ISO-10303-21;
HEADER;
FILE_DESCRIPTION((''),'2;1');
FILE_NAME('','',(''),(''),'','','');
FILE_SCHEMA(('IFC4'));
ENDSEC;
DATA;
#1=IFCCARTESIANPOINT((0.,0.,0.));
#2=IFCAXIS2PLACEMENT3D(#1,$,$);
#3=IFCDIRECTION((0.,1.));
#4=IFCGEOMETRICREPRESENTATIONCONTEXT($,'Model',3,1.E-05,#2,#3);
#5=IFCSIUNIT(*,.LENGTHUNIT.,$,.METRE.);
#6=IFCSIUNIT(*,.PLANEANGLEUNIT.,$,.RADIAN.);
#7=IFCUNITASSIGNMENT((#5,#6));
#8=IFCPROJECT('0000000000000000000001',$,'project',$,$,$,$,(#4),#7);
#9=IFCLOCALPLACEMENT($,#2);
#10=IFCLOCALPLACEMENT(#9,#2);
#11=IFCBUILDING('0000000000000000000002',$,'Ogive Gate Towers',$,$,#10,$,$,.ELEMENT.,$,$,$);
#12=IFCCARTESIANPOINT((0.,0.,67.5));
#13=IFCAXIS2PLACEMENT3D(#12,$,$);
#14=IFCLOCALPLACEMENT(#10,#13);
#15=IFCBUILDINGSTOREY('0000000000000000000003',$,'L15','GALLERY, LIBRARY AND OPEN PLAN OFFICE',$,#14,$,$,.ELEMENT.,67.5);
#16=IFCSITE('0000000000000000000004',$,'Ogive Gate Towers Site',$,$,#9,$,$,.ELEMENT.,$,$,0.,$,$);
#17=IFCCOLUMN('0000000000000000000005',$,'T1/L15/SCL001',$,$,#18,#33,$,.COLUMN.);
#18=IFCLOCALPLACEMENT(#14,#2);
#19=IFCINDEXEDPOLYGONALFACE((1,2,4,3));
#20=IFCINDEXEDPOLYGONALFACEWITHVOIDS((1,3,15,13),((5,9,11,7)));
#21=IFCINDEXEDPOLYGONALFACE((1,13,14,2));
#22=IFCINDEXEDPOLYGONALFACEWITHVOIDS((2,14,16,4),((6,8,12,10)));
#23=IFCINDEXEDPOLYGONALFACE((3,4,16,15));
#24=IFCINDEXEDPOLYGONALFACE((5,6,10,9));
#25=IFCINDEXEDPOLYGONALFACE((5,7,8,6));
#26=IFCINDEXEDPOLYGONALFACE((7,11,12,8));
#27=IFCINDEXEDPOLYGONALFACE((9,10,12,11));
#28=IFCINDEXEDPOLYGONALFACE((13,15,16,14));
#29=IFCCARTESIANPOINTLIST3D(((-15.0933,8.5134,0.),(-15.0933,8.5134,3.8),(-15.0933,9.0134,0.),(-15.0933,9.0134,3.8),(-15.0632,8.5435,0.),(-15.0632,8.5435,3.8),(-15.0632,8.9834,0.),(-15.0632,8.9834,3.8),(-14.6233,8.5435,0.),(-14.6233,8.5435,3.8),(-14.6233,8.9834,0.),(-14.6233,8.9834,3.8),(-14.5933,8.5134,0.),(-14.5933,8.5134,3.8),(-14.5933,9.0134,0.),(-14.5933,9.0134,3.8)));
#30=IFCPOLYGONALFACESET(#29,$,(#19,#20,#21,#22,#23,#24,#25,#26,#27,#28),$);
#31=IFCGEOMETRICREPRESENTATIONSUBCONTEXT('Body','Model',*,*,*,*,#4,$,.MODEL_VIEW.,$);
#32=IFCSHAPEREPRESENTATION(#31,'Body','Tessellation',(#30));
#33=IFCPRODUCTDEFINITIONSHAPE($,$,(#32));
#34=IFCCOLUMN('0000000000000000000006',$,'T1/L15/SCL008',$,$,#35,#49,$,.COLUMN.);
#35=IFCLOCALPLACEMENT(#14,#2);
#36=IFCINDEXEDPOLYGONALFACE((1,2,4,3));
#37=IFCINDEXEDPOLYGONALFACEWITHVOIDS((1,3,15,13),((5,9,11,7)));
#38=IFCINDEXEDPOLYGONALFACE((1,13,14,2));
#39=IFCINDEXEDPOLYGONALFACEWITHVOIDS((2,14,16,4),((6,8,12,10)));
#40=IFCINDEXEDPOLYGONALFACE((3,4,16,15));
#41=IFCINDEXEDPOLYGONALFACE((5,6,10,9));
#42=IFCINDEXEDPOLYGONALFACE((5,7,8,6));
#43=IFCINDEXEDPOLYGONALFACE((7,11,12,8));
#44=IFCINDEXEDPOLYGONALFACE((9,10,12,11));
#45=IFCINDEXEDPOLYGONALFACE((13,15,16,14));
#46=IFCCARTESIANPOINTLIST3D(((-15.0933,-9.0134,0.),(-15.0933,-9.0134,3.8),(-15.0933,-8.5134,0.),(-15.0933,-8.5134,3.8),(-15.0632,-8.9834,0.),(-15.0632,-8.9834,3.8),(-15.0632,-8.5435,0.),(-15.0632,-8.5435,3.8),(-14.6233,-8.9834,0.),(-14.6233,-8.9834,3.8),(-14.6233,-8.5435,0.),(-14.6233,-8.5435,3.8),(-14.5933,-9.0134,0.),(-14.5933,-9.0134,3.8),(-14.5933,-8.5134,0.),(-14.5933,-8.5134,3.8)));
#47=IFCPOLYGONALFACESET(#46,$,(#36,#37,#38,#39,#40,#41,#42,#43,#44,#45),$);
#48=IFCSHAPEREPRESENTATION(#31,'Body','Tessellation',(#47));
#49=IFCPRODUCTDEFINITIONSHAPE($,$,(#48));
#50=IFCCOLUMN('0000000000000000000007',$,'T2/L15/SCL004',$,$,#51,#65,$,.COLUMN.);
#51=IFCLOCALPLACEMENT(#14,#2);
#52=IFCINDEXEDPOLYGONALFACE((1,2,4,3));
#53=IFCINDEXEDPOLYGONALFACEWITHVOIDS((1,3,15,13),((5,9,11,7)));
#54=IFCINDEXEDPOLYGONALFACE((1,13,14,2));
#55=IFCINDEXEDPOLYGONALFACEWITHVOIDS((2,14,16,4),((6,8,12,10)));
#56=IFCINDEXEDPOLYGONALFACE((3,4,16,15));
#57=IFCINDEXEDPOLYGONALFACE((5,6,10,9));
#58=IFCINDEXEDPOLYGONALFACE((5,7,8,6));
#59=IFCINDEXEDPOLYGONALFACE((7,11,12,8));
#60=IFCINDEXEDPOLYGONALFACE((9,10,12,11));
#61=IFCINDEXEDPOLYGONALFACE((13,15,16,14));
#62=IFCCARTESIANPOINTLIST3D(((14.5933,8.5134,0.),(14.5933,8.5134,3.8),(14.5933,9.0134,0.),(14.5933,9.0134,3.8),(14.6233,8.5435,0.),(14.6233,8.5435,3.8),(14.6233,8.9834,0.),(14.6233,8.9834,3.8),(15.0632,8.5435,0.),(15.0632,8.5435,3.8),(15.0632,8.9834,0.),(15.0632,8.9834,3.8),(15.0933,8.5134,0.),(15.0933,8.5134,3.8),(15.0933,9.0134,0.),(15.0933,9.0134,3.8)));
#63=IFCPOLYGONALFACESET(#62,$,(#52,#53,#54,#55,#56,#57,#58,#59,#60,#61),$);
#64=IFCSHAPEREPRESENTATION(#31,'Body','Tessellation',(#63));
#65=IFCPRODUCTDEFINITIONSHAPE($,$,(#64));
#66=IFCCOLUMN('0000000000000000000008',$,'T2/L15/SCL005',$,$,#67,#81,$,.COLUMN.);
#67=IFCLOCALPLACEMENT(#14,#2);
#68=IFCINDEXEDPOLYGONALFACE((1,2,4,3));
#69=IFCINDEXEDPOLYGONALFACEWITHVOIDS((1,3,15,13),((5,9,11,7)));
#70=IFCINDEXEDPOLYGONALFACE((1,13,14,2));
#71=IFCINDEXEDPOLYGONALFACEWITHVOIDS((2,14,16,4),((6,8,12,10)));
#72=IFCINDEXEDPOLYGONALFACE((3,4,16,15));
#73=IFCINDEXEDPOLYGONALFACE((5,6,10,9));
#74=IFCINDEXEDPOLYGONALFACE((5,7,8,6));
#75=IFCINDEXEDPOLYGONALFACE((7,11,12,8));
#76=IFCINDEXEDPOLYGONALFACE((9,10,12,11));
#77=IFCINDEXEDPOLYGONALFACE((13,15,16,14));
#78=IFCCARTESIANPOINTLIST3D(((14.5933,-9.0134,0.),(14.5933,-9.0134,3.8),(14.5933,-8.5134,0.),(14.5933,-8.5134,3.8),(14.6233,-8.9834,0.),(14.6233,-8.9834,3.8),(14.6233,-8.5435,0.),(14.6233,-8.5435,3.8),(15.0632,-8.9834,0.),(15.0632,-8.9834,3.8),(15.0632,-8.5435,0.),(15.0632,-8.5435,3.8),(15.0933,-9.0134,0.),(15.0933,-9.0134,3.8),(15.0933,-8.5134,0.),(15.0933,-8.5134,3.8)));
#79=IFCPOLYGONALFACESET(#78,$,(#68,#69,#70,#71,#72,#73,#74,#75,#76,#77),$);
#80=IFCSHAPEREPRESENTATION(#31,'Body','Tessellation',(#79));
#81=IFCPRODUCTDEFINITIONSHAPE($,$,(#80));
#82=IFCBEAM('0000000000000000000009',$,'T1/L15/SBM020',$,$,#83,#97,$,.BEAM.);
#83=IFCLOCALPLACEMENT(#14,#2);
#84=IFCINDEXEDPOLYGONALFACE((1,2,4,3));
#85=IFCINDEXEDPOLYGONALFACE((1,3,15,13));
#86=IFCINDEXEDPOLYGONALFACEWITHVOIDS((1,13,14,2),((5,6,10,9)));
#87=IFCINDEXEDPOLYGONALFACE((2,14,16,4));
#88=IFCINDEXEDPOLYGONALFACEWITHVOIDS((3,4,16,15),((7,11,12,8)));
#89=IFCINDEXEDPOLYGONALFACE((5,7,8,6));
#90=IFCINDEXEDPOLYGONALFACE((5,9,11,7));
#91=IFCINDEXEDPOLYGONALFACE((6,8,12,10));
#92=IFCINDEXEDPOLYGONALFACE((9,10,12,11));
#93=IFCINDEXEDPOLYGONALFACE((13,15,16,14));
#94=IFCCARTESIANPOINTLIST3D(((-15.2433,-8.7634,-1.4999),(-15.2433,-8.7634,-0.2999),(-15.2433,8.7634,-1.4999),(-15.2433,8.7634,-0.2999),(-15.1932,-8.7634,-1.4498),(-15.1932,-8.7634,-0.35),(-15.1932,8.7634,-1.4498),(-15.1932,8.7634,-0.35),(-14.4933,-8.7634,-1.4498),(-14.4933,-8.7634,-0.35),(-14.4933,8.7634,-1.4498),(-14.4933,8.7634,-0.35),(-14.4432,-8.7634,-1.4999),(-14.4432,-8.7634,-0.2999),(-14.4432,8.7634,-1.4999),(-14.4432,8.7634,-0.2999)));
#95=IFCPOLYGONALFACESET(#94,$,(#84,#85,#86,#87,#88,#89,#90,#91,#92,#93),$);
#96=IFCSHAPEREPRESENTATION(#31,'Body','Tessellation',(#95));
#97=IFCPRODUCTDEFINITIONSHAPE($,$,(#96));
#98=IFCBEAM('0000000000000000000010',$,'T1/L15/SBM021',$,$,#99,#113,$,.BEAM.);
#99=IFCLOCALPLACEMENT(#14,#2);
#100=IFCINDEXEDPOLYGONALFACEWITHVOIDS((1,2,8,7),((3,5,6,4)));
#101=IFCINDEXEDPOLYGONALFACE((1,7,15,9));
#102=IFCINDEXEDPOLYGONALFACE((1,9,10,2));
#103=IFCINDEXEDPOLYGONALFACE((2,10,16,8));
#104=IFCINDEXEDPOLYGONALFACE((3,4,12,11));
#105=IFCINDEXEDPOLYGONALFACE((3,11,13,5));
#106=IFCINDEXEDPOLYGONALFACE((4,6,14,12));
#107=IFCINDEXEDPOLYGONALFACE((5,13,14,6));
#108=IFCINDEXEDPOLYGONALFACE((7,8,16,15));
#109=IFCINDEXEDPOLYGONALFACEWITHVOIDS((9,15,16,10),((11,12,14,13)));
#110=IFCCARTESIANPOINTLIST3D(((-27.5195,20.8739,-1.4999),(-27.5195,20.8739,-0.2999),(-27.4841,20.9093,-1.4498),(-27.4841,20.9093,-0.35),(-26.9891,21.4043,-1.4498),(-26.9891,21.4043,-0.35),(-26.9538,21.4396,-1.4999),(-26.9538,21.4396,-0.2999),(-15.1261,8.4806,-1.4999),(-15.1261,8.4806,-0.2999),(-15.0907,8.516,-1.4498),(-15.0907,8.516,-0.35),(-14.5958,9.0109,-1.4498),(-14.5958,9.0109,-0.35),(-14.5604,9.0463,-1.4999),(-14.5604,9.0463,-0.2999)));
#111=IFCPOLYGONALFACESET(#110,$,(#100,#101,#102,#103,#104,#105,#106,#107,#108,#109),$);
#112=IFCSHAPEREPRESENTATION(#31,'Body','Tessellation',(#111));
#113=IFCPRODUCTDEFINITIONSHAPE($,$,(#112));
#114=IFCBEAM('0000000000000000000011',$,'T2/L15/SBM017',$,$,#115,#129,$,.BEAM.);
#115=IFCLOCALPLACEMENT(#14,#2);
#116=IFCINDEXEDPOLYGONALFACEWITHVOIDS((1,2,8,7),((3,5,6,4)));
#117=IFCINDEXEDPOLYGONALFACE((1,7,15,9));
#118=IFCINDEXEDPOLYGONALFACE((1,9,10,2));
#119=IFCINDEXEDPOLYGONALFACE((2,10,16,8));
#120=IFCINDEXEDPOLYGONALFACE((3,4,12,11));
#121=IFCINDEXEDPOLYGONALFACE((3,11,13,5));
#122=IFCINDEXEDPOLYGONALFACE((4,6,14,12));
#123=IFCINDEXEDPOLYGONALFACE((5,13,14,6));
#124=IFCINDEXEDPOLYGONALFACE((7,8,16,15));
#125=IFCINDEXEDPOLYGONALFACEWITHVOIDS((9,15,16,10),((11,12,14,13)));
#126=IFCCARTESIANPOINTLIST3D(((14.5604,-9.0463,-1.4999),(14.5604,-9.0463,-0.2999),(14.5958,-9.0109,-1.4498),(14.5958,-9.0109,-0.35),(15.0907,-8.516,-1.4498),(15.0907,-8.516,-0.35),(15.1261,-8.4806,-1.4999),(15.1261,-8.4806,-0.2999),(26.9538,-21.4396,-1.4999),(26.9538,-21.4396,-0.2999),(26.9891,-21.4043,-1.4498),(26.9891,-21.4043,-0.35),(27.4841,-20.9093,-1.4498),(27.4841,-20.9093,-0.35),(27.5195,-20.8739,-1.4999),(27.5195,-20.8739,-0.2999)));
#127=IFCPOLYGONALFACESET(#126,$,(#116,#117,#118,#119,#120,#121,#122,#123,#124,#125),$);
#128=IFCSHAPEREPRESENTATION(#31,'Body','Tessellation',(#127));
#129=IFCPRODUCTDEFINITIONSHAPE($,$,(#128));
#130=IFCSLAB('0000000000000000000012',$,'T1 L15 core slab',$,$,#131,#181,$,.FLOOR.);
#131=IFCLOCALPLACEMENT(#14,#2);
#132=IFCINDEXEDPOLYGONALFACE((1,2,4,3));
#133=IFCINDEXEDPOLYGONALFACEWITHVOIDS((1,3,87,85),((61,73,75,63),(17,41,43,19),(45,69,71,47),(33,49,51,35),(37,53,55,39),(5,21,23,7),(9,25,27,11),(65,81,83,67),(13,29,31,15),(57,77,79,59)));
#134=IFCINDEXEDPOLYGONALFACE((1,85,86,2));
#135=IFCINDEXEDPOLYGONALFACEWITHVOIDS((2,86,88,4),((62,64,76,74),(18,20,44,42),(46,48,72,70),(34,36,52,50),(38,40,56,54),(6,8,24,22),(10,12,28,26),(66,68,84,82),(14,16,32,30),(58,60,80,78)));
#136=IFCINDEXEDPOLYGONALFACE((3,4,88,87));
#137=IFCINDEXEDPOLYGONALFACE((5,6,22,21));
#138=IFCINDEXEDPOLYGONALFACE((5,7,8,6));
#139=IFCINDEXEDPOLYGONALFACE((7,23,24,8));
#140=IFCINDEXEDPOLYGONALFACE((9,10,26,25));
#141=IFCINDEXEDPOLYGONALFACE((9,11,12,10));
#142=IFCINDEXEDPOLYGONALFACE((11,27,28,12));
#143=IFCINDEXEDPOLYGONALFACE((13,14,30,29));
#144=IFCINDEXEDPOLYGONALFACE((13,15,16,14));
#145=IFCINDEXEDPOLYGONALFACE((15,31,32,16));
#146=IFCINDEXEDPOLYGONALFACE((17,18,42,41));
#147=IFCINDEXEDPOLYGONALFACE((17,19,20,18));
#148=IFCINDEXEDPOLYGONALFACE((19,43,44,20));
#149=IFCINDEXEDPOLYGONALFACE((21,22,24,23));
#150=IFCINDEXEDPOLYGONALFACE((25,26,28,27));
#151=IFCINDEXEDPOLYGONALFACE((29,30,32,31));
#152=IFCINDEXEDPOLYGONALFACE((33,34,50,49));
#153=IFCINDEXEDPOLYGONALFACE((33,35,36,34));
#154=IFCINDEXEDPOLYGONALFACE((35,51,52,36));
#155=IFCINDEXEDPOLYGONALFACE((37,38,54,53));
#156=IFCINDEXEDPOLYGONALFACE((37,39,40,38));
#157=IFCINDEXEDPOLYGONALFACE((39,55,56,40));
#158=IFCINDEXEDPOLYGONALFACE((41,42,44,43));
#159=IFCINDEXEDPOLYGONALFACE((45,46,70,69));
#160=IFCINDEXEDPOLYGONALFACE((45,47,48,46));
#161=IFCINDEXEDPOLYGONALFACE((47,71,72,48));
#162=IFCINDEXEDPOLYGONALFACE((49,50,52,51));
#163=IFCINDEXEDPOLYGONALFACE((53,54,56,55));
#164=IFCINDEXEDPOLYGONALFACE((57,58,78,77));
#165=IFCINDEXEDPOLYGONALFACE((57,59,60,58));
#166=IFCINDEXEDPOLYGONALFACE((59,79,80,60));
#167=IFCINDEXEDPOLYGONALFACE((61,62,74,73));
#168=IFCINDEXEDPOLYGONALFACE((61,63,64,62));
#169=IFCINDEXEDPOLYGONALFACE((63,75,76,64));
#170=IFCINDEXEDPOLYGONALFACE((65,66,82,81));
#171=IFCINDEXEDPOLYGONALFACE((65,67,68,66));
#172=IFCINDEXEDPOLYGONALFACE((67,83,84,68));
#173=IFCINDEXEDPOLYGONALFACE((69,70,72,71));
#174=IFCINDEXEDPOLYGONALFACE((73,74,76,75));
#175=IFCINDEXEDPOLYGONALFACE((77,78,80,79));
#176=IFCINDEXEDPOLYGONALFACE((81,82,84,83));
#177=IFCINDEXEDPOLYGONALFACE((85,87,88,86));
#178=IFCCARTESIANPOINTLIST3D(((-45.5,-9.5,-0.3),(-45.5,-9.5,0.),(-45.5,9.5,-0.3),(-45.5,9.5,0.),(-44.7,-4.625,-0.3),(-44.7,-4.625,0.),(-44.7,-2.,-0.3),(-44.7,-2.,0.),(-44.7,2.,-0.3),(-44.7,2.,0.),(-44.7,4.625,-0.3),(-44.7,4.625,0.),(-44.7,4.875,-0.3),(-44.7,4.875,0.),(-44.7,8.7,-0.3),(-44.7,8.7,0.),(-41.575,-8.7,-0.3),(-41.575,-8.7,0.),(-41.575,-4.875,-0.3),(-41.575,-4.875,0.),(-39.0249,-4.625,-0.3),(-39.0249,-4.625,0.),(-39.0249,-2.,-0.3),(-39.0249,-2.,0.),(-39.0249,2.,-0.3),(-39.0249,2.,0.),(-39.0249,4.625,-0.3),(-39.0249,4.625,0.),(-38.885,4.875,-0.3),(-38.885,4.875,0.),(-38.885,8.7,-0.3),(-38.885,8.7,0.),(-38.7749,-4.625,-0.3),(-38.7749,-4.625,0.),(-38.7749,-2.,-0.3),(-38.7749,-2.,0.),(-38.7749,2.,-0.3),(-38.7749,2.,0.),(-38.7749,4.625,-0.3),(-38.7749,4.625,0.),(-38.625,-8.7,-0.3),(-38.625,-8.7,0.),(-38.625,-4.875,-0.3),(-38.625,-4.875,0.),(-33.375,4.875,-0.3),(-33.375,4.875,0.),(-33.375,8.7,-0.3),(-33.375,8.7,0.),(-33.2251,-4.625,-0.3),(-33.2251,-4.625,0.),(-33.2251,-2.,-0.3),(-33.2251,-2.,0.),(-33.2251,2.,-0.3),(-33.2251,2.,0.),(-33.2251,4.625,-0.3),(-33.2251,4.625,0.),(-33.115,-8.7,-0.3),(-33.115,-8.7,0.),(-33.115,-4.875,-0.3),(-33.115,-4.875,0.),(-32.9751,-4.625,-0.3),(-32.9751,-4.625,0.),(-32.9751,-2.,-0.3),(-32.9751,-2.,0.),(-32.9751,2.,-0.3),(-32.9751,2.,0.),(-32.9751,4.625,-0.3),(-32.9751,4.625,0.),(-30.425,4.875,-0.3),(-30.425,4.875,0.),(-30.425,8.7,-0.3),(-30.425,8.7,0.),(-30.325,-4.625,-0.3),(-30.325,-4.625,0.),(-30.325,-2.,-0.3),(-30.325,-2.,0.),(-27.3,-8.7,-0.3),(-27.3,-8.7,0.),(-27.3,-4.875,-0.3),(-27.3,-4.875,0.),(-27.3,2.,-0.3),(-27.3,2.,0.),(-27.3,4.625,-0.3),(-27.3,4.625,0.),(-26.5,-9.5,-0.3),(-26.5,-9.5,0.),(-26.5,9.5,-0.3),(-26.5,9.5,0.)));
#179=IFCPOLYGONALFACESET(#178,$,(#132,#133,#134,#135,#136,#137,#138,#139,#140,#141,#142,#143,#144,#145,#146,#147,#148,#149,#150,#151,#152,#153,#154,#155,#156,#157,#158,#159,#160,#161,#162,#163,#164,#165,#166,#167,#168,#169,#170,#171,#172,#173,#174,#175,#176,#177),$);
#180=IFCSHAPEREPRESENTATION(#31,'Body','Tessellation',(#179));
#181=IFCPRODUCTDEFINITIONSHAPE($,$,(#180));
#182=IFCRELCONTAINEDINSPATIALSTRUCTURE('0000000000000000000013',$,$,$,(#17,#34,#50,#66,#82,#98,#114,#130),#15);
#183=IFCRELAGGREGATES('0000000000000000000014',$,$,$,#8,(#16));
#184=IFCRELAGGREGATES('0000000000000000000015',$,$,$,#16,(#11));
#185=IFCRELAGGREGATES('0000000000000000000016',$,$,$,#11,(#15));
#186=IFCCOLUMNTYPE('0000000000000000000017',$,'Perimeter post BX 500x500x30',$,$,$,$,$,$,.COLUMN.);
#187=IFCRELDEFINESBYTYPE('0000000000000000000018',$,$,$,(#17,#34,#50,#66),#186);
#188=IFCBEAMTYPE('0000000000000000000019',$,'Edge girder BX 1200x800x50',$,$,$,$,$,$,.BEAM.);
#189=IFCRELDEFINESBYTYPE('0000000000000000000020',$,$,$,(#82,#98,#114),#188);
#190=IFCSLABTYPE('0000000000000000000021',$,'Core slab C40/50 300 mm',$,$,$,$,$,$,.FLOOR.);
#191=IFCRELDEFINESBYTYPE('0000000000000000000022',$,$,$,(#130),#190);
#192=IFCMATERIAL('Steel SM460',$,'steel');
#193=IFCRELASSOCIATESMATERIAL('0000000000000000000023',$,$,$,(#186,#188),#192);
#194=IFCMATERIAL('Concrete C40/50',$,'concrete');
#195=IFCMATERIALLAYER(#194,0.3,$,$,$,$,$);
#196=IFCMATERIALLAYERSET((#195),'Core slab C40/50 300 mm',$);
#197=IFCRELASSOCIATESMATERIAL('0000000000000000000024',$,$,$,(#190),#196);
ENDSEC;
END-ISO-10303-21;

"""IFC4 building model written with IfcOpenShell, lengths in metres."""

from ifc_helpers import new_model, si_unit, direction, frame, origin, origin_2d, place, context, subcontext, project, spatial, polyline, hollow_rectangle, outline, extrude, material, layer, layer_set, material_profile, profile_set, type_object, element, save


model = new_model("IFC4")

# Units and contexts
model_context = context("Model", 3, precision=1e-05, world=origin(), true_north=direction((0.0, 1.0)))
body_context = subcontext(model_context, "Body", "Model", "MODEL_VIEW")
ifc_project = project(units=[si_unit("LENGTHUNIT", "METRE"), si_unit("PLANEANGLEUNIT", "RADIAN")], contexts=[model_context])

# Site, building, storey
site_placement = place(None, origin())
site = spatial("IfcSite", under=ifc_project, at=site_placement, Name="Ogive Gate Towers Site", CompositionType="ELEMENT", RefElevation=0.0)
building_placement = place(site_placement, origin())
building = spatial("IfcBuilding", under=site, at=building_placement, Name="Ogive Gate Towers", CompositionType="ELEMENT")
storey_placement = place(building_placement, frame((0.0, 0.0, 67.5)))
storey = spatial("IfcBuildingStorey", under=building, at=storey_placement, Name="L15", Description="GALLERY, LIBRARY AND OPEN PLAN OFFICE", CompositionType="ELEMENT", Elevation=67.5)

# Columns
ifc_material_1 = material(Name="Steel SM460", Category="steel")
ifc_material_profile_1 = material_profile(ifc_material_1, hollow_rectangle(XDim=0.5, YDim=0.5, WallThickness=0.03, at=origin_2d()), Name="BX 500x500x30")
ifc_profile_set_1 = profile_set([ifc_material_profile_1], Name="Steel SM460")
column_type = type_object("IfcColumnType", Name="Perimeter post BX 500x500x30", PredefinedType="COLUMN", material=ifc_profile_set_1)
for number, where, z_axis, x_axis, name in (
    (1, (-14.8433, 8.7634, 0.0), (0.0, 0.0, 1.0), (1.0, 0.0, 0.0), "T1/L15/SCL001"),
    (2, (-14.8433, -8.7634, 0.0), (0.0, 0.0, 1.0), (1.0, 0.0, 0.0), "T1/L15/SCL008"),
    (3, (14.8433, 8.7634, 0.0), (0.0, 0.0, 1.0), (1.0, 0.0, 0.0), "T2/L15/SCL004"),
    (4, (14.8433, -8.7634, 0.0), (0.0, 0.0, 1.0), (1.0, 0.0, 0.0), "T2/L15/SCL005"),
):
    element("IfcColumn", number, at=place(storey_placement, frame(where, z_axis=z_axis, x_axis=x_axis)), inside=storey, type_object=column_type, Name=name, PredefinedType="COLUMN", context=body_context, shape_type="SweptSolid", body=[
        extrude(hollow_rectangle(XDim=0.5, YDim=0.5, WallThickness=0.03, at=origin_2d()), origin(), (0.0, 0.0, 1.0), 3.8),
    ])

# Beams
ifc_material_profile_2 = material_profile(ifc_material_1, hollow_rectangle(XDim=0.8, YDim=1.2, WallThickness=0.05, at=origin_2d()), Name="BX 1200x800x50")
ifc_profile_set_2 = profile_set([ifc_material_profile_2], Name="Steel SM460")
beam_type = type_object("IfcBeamType", Name="Edge girder BX 1200x800x50", PredefinedType="BEAM", material=ifc_profile_set_2)
for number, where, z_axis, x_axis, name in (
    (5, (-14.8433, -8.7634, -0.8999), (0.0, 1.0, 0.0), (-1.0, 0.0, 0.0), "T1/L15/SBM020"),
    (6, (-14.8433, 8.7634, -0.8999), (-0.707107, 0.707107, 0.0), (-0.707107, -0.707107, 0.0), "T1/L15/SBM021"),
    (7, (14.8433, -8.7634, -0.8999), (0.707107, -0.707107, 0.0), (0.707107, 0.707107, 0.0), "T2/L15/SBM017"),
):
    element("IfcBeam", number, at=place(storey_placement, frame(where, z_axis=z_axis, x_axis=x_axis)), inside=storey, type_object=beam_type, Name=name, PredefinedType="BEAM", context=body_context, shape_type="SweptSolid", body=[
        extrude(hollow_rectangle(XDim=0.8, YDim=1.2, WallThickness=0.05, at=origin_2d()), origin(), (0.0, 0.0, 1.0), 17.5269),
    ])

# Slab
ifc_material_2 = material(Name="Concrete C40/50", Category="concrete")
ifc_layer_1 = layer(ifc_material_2, 0.3)
ifc_layer_set_1 = layer_set([ifc_layer_1], Name="Core slab C40/50 300 mm")
slab_type_1 = type_object("IfcSlabType", Name="Core slab C40/50 300 mm", PredefinedType="FLOOR", material=ifc_layer_set_1)
slab_1_placement = place(storey_placement, frame((0.0, 0.0, -0.3)))
element("IfcSlab", 8, at=slab_1_placement, inside=storey, type_object=slab_type_1, Name="T1 L15 core slab", PredefinedType="FLOOR", context=body_context, shape_type="SweptSolid", body=[
    extrude(outline(polyline([(-26.5, 9.5), (-26.5, -9.5), (-45.5, -9.5), (-45.5, 9.5), (-26.5, 9.5)]), holes=[polyline([(-39.0249, 4.625), (-44.7, 4.625), (-44.7, 2.0), (-39.0249, 2.0), (-39.0249, 4.625)]), polyline([(-33.2251, 2.0), (-33.2251, 4.625), (-38.7749, 4.625), (-38.7749, 2.0), (-33.2251, 2.0)]), polyline([(-32.9751, 2.0), (-27.3, 2.0), (-27.3, 4.625), (-32.9751, 4.625), (-32.9751, 2.0)]), polyline([(-44.7, -2.0), (-44.7, -4.625), (-39.0249, -4.625), (-39.0249, -2.0), (-44.7, -2.0)]), polyline([(-33.2251, -2.0), (-38.7749, -2.0), (-38.7749, -4.625), (-33.2251, -4.625), (-33.2251, -2.0)]), polyline([(-30.325, -4.625), (-30.325, -2.0), (-32.9751, -2.0), (-32.9751, -4.625), (-30.325, -4.625)]), polyline([(-33.375, 4.875), (-30.425, 4.875), (-30.425, 8.7), (-33.375, 8.7), (-33.375, 4.875)]), polyline([(-41.575, -4.875), (-41.575, -8.7), (-38.625, -8.7), (-38.625, -4.875), (-41.575, -4.875)]), polyline([(-44.7, 4.875), (-38.885, 4.875), (-38.885, 8.7), (-44.7, 8.7), (-44.7, 4.875)]), polyline([(-27.3, -8.7), (-27.3, -4.875), (-33.115, -4.875), (-33.115, -8.7), (-27.3, -8.7)])]), origin(), (0.0, 0.0, 1.0), 0.3),
])

save(model, "model.ifc")
